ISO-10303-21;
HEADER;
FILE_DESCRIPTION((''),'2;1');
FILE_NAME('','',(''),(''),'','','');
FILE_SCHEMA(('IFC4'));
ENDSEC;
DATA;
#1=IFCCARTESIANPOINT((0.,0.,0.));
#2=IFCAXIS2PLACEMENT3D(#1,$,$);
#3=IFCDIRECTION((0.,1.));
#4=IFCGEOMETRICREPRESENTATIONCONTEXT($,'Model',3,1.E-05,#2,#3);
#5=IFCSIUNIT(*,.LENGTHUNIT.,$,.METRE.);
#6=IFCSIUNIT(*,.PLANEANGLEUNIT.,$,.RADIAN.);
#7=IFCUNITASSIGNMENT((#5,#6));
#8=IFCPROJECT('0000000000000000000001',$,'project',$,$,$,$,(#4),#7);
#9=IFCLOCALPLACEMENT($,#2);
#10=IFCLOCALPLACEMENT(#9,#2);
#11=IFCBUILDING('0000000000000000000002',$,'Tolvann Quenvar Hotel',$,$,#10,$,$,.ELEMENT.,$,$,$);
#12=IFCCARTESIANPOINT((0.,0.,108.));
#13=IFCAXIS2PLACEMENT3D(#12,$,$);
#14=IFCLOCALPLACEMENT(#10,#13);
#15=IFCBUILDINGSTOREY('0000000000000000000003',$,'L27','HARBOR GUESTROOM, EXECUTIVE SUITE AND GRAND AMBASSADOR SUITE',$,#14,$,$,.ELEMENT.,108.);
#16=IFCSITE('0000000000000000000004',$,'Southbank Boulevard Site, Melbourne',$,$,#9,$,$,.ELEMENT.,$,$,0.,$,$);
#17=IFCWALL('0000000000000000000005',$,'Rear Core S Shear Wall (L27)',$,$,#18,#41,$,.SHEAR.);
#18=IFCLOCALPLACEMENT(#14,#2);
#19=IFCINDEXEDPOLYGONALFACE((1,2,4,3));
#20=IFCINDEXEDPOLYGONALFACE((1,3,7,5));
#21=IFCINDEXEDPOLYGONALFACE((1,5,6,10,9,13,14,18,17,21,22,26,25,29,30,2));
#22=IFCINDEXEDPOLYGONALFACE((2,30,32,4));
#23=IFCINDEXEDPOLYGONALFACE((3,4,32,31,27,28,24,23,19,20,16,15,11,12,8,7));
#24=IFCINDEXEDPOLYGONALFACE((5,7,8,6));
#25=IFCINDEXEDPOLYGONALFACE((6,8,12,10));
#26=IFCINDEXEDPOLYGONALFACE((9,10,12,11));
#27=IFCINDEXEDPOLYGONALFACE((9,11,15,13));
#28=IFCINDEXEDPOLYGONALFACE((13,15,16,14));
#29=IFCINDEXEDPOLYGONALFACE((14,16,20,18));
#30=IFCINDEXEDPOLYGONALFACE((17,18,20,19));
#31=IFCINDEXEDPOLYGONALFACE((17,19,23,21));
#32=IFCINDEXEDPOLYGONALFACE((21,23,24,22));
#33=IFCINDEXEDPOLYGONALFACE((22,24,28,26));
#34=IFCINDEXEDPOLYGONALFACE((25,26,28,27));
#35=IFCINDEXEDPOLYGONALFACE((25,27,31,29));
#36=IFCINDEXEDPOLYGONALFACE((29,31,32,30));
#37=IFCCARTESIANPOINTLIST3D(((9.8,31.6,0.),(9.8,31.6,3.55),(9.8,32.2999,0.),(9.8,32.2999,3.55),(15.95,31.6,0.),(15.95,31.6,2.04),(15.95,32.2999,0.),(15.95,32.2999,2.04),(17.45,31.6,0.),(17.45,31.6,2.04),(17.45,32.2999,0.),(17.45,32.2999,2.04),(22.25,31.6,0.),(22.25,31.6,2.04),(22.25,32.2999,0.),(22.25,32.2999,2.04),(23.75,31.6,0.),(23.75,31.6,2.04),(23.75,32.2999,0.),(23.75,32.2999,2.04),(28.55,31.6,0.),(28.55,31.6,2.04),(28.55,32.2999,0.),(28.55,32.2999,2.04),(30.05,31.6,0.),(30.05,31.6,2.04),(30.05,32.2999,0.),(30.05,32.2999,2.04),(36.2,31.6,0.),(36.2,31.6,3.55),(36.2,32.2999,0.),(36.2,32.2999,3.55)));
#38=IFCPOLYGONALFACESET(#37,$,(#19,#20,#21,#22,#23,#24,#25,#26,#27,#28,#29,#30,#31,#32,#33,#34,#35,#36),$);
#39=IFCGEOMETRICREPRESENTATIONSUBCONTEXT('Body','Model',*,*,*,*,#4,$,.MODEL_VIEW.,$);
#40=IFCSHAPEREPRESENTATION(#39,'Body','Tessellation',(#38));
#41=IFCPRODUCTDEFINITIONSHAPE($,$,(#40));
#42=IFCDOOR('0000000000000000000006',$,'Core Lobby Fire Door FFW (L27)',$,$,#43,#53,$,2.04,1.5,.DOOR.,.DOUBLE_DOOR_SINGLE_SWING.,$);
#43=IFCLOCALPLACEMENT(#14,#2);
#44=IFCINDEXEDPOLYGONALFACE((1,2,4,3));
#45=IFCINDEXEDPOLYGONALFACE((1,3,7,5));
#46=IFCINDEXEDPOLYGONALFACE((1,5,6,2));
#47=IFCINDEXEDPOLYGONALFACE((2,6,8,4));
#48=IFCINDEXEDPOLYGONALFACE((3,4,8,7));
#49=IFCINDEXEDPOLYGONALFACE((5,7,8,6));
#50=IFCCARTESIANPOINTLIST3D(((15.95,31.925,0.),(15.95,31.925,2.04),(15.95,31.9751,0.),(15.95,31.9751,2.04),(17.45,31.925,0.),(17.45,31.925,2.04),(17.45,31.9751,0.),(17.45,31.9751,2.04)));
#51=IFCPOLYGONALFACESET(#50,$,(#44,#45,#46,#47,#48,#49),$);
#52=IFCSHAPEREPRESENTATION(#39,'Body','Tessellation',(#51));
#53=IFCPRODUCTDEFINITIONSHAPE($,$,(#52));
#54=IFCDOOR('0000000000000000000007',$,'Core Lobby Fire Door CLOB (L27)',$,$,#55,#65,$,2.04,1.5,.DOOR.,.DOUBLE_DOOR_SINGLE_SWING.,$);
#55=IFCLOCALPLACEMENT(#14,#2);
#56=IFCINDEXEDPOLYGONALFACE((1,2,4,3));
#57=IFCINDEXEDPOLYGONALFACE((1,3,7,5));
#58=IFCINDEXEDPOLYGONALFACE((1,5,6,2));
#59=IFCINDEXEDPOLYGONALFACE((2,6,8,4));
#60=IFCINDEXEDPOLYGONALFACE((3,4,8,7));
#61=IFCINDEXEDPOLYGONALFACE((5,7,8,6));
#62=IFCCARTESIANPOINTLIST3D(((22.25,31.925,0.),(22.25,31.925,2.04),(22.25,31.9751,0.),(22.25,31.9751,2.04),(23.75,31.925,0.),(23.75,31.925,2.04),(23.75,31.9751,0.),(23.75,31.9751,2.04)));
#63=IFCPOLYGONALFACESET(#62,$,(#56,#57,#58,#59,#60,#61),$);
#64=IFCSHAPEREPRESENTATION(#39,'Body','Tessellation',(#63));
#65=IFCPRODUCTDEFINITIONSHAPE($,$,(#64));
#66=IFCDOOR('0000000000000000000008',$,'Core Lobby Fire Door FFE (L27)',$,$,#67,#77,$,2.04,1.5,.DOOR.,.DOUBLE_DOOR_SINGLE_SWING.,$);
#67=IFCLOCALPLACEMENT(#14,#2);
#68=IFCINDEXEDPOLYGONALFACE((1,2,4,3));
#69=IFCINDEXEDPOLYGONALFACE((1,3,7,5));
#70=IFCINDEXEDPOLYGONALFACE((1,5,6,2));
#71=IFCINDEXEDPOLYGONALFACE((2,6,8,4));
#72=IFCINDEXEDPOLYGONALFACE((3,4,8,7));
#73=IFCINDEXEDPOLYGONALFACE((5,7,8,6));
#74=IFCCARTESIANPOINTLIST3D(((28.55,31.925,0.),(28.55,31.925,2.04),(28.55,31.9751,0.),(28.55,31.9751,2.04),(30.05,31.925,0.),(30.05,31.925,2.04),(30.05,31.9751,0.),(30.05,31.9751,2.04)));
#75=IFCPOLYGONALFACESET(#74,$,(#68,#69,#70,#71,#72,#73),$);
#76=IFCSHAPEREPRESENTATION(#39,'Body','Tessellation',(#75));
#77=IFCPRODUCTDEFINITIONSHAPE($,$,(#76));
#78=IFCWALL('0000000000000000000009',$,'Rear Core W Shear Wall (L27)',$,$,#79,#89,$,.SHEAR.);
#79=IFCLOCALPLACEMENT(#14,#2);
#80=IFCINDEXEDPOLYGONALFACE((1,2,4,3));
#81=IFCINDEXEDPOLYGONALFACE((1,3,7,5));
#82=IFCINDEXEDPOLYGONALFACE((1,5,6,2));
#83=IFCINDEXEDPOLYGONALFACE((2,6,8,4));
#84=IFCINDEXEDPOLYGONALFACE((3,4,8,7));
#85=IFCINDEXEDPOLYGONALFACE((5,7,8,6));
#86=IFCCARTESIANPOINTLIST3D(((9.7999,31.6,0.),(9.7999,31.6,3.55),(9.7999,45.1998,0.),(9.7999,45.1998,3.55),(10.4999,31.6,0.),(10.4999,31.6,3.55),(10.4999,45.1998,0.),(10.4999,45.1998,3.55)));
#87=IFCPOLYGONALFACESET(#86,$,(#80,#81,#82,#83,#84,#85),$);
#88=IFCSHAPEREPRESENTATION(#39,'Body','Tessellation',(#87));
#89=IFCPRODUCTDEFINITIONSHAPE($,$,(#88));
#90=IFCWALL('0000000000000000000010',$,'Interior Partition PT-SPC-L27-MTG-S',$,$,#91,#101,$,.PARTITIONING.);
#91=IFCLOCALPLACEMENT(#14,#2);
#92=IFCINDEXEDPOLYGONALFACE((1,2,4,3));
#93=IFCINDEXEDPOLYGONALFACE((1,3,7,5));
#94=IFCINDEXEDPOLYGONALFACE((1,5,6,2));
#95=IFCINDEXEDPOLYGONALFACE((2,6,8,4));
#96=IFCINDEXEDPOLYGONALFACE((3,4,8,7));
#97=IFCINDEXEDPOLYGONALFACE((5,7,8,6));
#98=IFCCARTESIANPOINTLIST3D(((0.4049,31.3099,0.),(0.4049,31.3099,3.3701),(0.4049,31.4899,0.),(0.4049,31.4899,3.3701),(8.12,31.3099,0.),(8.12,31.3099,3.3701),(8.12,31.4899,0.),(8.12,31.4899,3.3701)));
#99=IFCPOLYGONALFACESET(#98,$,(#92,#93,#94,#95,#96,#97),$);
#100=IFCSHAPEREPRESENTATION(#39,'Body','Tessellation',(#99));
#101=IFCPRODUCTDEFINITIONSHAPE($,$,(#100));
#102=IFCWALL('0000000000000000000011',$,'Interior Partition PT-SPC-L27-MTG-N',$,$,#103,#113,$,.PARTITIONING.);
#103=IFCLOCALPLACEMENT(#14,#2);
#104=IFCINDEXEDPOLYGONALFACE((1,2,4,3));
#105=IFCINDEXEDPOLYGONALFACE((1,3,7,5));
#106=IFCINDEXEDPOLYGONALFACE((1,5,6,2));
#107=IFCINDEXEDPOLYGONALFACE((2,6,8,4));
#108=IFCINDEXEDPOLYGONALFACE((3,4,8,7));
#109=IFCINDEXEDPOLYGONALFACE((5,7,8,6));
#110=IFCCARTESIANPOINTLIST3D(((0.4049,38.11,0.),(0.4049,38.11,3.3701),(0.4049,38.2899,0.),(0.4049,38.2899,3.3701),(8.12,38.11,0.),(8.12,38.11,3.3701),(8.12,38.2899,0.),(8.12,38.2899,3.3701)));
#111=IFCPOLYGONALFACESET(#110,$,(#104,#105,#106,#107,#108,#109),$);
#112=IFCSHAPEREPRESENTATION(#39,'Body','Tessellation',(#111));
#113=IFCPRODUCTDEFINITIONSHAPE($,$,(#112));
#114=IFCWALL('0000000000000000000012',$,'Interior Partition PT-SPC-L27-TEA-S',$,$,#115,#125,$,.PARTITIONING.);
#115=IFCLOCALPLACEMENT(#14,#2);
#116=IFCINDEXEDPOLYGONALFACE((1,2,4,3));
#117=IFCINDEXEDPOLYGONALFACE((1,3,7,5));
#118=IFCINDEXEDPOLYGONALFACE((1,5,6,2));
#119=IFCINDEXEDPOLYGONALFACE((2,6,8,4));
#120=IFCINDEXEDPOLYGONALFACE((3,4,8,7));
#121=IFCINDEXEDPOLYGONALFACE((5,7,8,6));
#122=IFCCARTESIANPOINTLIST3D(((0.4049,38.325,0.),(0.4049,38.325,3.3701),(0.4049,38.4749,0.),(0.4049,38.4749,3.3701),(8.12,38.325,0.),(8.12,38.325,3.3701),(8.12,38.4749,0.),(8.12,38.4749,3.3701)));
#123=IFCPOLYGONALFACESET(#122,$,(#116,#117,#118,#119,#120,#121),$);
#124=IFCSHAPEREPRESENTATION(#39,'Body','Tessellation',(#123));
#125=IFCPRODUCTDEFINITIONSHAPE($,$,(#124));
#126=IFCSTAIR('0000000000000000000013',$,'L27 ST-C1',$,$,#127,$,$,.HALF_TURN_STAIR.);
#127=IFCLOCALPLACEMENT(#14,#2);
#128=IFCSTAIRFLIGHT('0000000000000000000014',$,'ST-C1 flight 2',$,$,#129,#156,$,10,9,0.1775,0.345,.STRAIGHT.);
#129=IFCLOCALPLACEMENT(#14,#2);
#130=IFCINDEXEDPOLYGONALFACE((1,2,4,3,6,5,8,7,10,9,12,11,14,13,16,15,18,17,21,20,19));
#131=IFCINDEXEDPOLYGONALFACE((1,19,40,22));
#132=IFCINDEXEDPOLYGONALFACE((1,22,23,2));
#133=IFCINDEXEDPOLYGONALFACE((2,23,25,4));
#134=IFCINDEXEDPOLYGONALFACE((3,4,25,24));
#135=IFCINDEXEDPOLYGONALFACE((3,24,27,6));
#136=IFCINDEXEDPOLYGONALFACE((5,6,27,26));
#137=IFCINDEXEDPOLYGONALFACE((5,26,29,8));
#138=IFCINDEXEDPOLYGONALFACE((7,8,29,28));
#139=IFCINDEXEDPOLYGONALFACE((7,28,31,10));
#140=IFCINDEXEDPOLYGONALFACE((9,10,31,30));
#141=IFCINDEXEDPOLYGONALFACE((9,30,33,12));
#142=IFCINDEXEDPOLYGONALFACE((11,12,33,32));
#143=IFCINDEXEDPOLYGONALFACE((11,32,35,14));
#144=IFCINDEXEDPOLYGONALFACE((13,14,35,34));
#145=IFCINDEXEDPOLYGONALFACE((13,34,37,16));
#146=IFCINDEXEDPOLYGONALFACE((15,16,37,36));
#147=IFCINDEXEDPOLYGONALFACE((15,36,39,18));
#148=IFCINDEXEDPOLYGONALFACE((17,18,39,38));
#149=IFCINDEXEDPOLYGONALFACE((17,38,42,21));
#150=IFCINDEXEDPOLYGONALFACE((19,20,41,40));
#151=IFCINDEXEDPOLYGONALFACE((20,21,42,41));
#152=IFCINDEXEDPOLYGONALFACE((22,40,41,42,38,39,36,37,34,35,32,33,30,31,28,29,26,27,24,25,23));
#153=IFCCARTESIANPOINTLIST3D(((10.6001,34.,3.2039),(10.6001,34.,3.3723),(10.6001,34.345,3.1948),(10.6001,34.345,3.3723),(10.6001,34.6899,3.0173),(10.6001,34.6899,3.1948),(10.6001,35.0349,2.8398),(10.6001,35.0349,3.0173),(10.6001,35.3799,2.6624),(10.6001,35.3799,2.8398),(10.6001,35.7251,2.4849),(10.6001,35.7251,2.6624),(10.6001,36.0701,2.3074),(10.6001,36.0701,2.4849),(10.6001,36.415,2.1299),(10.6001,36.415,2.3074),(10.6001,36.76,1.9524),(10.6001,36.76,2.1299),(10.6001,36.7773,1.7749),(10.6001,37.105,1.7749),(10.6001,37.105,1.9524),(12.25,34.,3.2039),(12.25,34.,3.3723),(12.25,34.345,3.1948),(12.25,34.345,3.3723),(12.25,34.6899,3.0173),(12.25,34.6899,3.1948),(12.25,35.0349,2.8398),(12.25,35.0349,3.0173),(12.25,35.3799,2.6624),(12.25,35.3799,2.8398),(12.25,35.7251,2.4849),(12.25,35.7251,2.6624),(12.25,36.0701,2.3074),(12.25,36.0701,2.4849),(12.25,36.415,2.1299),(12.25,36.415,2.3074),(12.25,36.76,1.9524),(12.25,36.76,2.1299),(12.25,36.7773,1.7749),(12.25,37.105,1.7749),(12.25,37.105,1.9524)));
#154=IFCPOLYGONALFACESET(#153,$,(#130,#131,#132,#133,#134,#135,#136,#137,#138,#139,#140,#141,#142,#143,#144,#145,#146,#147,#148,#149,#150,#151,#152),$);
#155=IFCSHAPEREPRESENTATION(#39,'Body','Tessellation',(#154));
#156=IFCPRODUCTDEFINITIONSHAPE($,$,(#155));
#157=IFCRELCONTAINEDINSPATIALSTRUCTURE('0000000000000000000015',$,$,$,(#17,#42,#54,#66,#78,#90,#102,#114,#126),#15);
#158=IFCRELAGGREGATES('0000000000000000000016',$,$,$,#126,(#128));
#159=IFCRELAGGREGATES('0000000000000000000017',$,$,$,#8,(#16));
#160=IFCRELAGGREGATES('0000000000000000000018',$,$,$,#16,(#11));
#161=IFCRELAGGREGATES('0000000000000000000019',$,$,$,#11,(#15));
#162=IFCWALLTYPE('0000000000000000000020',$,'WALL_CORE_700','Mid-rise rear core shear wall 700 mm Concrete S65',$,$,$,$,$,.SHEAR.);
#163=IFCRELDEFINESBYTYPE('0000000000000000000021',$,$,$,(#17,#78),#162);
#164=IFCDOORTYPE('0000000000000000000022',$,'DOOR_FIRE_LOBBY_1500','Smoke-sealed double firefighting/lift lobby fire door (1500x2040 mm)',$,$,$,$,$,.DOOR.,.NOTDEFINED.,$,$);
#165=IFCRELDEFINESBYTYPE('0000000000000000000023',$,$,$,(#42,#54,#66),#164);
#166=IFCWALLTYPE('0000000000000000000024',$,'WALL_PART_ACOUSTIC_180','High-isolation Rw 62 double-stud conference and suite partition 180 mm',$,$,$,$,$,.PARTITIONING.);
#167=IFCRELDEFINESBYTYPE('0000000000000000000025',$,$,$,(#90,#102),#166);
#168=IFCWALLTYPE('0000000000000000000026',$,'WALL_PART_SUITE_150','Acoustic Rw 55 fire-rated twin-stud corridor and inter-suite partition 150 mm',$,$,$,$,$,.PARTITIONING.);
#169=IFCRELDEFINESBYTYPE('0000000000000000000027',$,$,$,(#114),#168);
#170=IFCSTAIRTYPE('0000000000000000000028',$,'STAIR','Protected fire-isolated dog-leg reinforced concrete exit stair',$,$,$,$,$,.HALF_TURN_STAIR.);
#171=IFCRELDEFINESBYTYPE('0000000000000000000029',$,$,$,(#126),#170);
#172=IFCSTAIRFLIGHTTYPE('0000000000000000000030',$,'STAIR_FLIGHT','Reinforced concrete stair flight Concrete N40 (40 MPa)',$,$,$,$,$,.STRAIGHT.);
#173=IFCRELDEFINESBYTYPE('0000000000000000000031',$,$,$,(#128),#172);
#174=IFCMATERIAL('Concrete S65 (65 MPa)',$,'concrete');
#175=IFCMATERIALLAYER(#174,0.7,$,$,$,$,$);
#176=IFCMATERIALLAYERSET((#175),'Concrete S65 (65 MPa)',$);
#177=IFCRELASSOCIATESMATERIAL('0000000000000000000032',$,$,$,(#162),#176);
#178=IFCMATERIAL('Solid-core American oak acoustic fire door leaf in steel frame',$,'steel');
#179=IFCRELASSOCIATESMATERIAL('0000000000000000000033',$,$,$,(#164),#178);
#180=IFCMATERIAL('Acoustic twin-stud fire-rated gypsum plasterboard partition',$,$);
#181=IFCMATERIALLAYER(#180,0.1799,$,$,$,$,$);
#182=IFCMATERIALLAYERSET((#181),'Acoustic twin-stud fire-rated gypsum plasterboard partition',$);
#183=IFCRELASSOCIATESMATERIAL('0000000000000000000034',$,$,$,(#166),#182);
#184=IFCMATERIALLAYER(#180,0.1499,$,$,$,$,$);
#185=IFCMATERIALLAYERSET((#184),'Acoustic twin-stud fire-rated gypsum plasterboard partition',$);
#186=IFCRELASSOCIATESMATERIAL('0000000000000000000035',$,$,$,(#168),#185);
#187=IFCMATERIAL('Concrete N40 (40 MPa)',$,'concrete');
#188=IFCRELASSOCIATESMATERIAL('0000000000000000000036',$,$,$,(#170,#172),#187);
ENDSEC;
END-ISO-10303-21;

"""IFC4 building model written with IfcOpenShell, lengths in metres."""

from ifc_helpers import new_model, si_unit, direction, frame, frame_2d, origin, place, context, subcontext, project, spatial, polyline, rectangle, outline, extrude, source, transform, mapped, material, layer, layer_set, type_object, type_shapes, element, fill, aggregate, save


model = new_model("IFC4")

# Units and contexts
model_context = context("Model", 3, precision=1e-05, world=origin(), true_north=direction((0.0, 1.0)))
body_context = subcontext(model_context, "Body", "Model", "MODEL_VIEW")
ifc_project = project(units=[si_unit("LENGTHUNIT", "METRE"), si_unit("PLANEANGLEUNIT", "RADIAN")], contexts=[model_context])

# Site, building, storey
site_placement = place(None, origin())
site = spatial("IfcSite", under=ifc_project, at=site_placement, Name="Southbank Boulevard Site, Melbourne", CompositionType="ELEMENT", RefElevation=0.0)
building_placement = place(site_placement, origin())
building = spatial("IfcBuilding", under=site, at=building_placement, Name="Tolvann Quenvar Hotel", CompositionType="ELEMENT")
storey_placement = place(building_placement, frame((0.0, 0.0, 108.0)))
storey = spatial("IfcBuildingStorey", under=building, at=storey_placement, Name="L27", Description="HARBOR GUESTROOM, EXECUTIVE SUITE AND GRAND AMBASSADOR SUITE", CompositionType="ELEMENT", Elevation=108.0)

# Shared definitions
ifc_material_1 = material(Name="Concrete S65 (65 MPa)", Category="concrete")

# Wall, openings, doors
ifc_layer_1 = layer(ifc_material_1, 0.7)
ifc_layer_set_1 = layer_set([ifc_layer_1], Name="Concrete S65 (65 MPa)")
wall_type_1 = type_object("IfcWallType", Name="WALL_CORE_700", Description="Mid-rise rear core shear wall 700 mm Concrete S65", PredefinedType="SHEAR", material=ifc_layer_set_1)
wall_1_placement = place(storey_placement, frame((9.8, 31.95, 0.0), z_axis=(0.0, 0.0, 1.0), x_axis=(1.0, 0.0, 0.0)))
wall_1 = element("IfcWall", 1, at=wall_1_placement, inside=storey, type_object=wall_type_1, Name="Rear Core S Shear Wall (L27)", PredefinedType="SHEAR", context=body_context, shape_type="SweptSolid", body=[
    extrude(rectangle(XDim=26.3999, YDim=0.7, at=frame_2d((13.2, 0.0))), origin(), (0.0, 0.0, 1.0), 3.55),
])
opening_1_placement = place(wall_1_placement, frame((7.6499, 0.0, 0.0), z_axis=(0.0, 0.0, 1.0), x_axis=(-1.0, 0.0, 0.0)))
opening_1 = element("IfcOpeningElement", 2, at=opening_1_placement, cuts=wall_1, PredefinedType="OPENING", context=body_context, shape_type="SweptSolid", body=[
    extrude(rectangle(XDim=1.5, YDim=2.04, at=frame_2d((0.75, 1.02))), frame((0.0, 0.3599, 0.0), z_axis=(0.0, -1.0, 0.0), x_axis=(1.0, 0.0, 0.0)), (0.0, 0.0, 1.0), 0.72),
])
opening_2_placement = place(wall_1_placement, frame((13.95, 0.0, 0.0), z_axis=(0.0, 0.0, 1.0), x_axis=(-1.0, 0.0, 0.0)))
opening_2 = element("IfcOpeningElement", 3, at=opening_2_placement, cuts=wall_1, PredefinedType="OPENING", context=body_context, shape_type="SweptSolid", body=[
    extrude(rectangle(XDim=1.5, YDim=2.04, at=frame_2d((0.75, 1.02))), frame((0.0, 0.3599, 0.0), z_axis=(0.0, -1.0, 0.0), x_axis=(1.0, 0.0, 0.0)), (0.0, 0.0, 1.0), 0.72),
])
opening_3_placement = place(wall_1_placement, frame((20.25, 0.0, 0.0), z_axis=(0.0, 0.0, 1.0), x_axis=(-1.0, 0.0, 0.0)))
opening_3 = element("IfcOpeningElement", 4, at=opening_3_placement, cuts=wall_1, PredefinedType="OPENING", context=body_context, shape_type="SweptSolid", body=[
    extrude(rectangle(XDim=1.5, YDim=2.04, at=frame_2d((0.75, 1.02))), frame((0.0, 0.3599, 0.0), z_axis=(0.0, -1.0, 0.0), x_axis=(1.0, 0.0, 0.0)), (0.0, 0.0, 1.0), 0.72),
])
ifc_material_2 = material(Name="Solid-core American oak acoustic fire door leaf in steel frame", Category="steel")
door_type_1 = type_object("IfcDoorType", Name="DOOR_FIRE_LOBBY_1500", Description="Smoke-sealed double firefighting/lift lobby fire door (1500x2040 mm)", OperationType="NOTDEFINED", PredefinedType="DOOR", material=ifc_material_2)
shared_shape_1 = source(origin(), body_context, "Body", "SweptSolid", [
    extrude(rectangle(XDim=1.5, YDim=2.04, at=frame_2d((0.75, 1.02))), frame((0.0, 0.0249, 0.0), z_axis=(0.0, -1.0, 0.0), x_axis=(1.0, 0.0, 0.0)), (0.0, 0.0, 1.0), 0.05),
])
type_shapes(door_type_1, [shared_shape_1])
door_1_placement = place(opening_1_placement, origin())
door_1 = element("IfcDoor", 5, at=door_1_placement, inside=storey, type_object=door_type_1, Name="Core Lobby Fire Door FFW (L27)", OperationType="DOUBLE_DOOR_SINGLE_SWING", OverallHeight=2.04, OverallWidth=1.5, PredefinedType="DOOR", context=body_context, shape_type="MappedRepresentation", body=[
    mapped(shared_shape_1, transform((0.0, 0.0, 0.0), x_axis=(1.0, 0.0, 0.0), y_axis=(0.0, 1.0, 0.0), z_axis=(0.0, 0.0, 1.0), scale=1.0)),
])
fill(opening_1, door_1)
door_2_placement = place(opening_2_placement, origin())
door_2 = element("IfcDoor", 6, at=door_2_placement, inside=storey, type_object=door_type_1, Name="Core Lobby Fire Door CLOB (L27)", OperationType="DOUBLE_DOOR_SINGLE_SWING", OverallHeight=2.04, OverallWidth=1.5, PredefinedType="DOOR", context=body_context, shape_type="MappedRepresentation", body=[
    mapped(shared_shape_1, transform((0.0, 0.0, 0.0), x_axis=(1.0, 0.0, 0.0), y_axis=(0.0, 1.0, 0.0), z_axis=(0.0, 0.0, 1.0), scale=1.0)),
])
fill(opening_2, door_2)
door_3_placement = place(opening_3_placement, origin())
door_3 = element("IfcDoor", 7, at=door_3_placement, inside=storey, type_object=door_type_1, Name="Core Lobby Fire Door FFE (L27)", OperationType="DOUBLE_DOOR_SINGLE_SWING", OverallHeight=2.04, OverallWidth=1.5, PredefinedType="DOOR", context=body_context, shape_type="MappedRepresentation", body=[
    mapped(shared_shape_1, transform((0.0, 0.0, 0.0), x_axis=(1.0, 0.0, 0.0), y_axis=(0.0, 1.0, 0.0), z_axis=(0.0, 0.0, 1.0), scale=1.0)),
])
fill(opening_3, door_3)

# Walls
wall_2_placement = place(storey_placement, frame((10.1499, 31.6001, 0.0), z_axis=(0.0, 0.0, 1.0), x_axis=(0.0, 1.0, 0.0)))
element("IfcWall", 8, at=wall_2_placement, inside=storey, type_object=wall_type_1, Name="Rear Core W Shear Wall (L27)", PredefinedType="SHEAR", context=body_context, shape_type="SweptSolid", body=[
    extrude(rectangle(XDim=13.5999, YDim=0.7, at=frame_2d((6.7998, 0.0))), origin(), (0.0, 0.0, 1.0), 3.55),
])
ifc_material_3 = material(Name="Acoustic twin-stud fire-rated gypsum plasterboard partition")
ifc_layer_2 = layer(ifc_material_3, 0.1799)
ifc_layer_set_2 = layer_set([ifc_layer_2], Name="Acoustic twin-stud fire-rated gypsum plasterboard partition")
wall_type_2 = type_object("IfcWallType", Name="WALL_PART_ACOUSTIC_180", Description="High-isolation Rw 62 double-stud conference and suite partition 180 mm", PredefinedType="PARTITIONING", material=ifc_layer_set_2)
for number, where, z_axis, x_axis, name in (
    (9, (0.405, 31.3999, 0.0), (0.0, 0.0, 1.0), (1.0, 0.0, 0.0), "Interior Partition PT-SPC-L27-MTG-S"),
    (10, (0.405, 38.2, 0.0), (0.0, 0.0, 1.0), (1.0, 0.0, 0.0), "Interior Partition PT-SPC-L27-MTG-N"),
):
    element("IfcWall", number, at=place(storey_placement, frame(where, z_axis=z_axis, x_axis=x_axis)), inside=storey, type_object=wall_type_2, Name=name, PredefinedType="PARTITIONING", context=body_context, shape_type="SweptSolid", body=[
        extrude(rectangle(XDim=7.7151, YDim=0.1799, at=frame_2d((3.8574, 0.0))), origin(), (0.0, 0.0, 1.0), 3.3701),
    ])

# Wall
ifc_layer_3 = layer(ifc_material_3, 0.1499)
ifc_layer_set_3 = layer_set([ifc_layer_3], Name="Acoustic twin-stud fire-rated gypsum plasterboard partition")
wall_type_3 = type_object("IfcWallType", Name="WALL_PART_SUITE_150", Description="Acoustic Rw 55 fire-rated twin-stud corridor and inter-suite partition 150 mm", PredefinedType="PARTITIONING", material=ifc_layer_set_3)
wall_3_placement = place(storey_placement, frame((0.405, 38.3999, 0.0), z_axis=(0.0, 0.0, 1.0), x_axis=(1.0, 0.0, 0.0)))
element("IfcWall", 11, at=wall_3_placement, inside=storey, type_object=wall_type_3, Name="Interior Partition PT-SPC-L27-TEA-S", PredefinedType="PARTITIONING", context=body_context, shape_type="SweptSolid", body=[
    extrude(rectangle(XDim=7.7151, YDim=0.1499, at=frame_2d((3.8574, 0.0))), origin(), (0.0, 0.0, 1.0), 3.3701),
])

# Stair, stair flight
ifc_material_4 = material(Name="Concrete N40 (40 MPa)", Category="concrete")
stair_type = type_object("IfcStairType", Name="STAIR", Description="Protected fire-isolated dog-leg reinforced concrete exit stair", PredefinedType="HALF_TURN_STAIR", material=ifc_material_4)
stair_placement = place(storey_placement, origin())
stair = element("IfcStair", 12, at=stair_placement, inside=storey, type_object=stair_type, Name="L27 ST-C1", PredefinedType="HALF_TURN_STAIR")
stair_flight_type = type_object("IfcStairFlightType", Name="STAIR_FLIGHT", Description="Reinforced concrete stair flight Concrete N40 (40 MPa)", PredefinedType="STRAIGHT", material=ifc_material_4)
stair_flight_placement = place(storey_placement, frame((11.425, 37.105, 1.7749), z_axis=(0.0, 0.0, 1.0), x_axis=(0.0, -1.0, 0.0)))
stair_flight = element("IfcStairFlight", 13, at=stair_flight_placement, type_object=stair_flight_type, Name="ST-C1 flight 2", NumberOfRisers=10, NumberOfTreads=9, PredefinedType="STRAIGHT", RiserHeight=0.1775, TreadLength=0.345, context=body_context, shape_type="SweptSolid", body=[
    extrude(outline(polyline([(0.0, 0.0), (0.0, 0.1775), (0.345, 0.1775), (0.345, 0.355), (0.6899, 0.355), (0.6899, 0.5325), (1.0349, 0.5325), (1.0349, 0.71), (1.3799, 0.71), (1.3799, 0.8875), (1.7251, 0.8875), (1.7251, 1.0649), (2.0701, 1.0649), (2.0701, 1.2424), (2.415, 1.2424), (2.415, 1.4199), (2.76, 1.4199), (2.76, 1.5974), (3.105, 1.5974), (3.105, 1.7749), (3.105, 1.429), (0.3276, 0.0), (0.0, 0.0)])), frame((0.0, 0.825, 0.0), z_axis=(0.0, -1.0, 0.0), x_axis=(1.0, 0.0, 0.0)), (0.0, 0.0, 1.0), 1.6499),
])
aggregate(stair, [stair_flight])

save(model, "model.ifc")
